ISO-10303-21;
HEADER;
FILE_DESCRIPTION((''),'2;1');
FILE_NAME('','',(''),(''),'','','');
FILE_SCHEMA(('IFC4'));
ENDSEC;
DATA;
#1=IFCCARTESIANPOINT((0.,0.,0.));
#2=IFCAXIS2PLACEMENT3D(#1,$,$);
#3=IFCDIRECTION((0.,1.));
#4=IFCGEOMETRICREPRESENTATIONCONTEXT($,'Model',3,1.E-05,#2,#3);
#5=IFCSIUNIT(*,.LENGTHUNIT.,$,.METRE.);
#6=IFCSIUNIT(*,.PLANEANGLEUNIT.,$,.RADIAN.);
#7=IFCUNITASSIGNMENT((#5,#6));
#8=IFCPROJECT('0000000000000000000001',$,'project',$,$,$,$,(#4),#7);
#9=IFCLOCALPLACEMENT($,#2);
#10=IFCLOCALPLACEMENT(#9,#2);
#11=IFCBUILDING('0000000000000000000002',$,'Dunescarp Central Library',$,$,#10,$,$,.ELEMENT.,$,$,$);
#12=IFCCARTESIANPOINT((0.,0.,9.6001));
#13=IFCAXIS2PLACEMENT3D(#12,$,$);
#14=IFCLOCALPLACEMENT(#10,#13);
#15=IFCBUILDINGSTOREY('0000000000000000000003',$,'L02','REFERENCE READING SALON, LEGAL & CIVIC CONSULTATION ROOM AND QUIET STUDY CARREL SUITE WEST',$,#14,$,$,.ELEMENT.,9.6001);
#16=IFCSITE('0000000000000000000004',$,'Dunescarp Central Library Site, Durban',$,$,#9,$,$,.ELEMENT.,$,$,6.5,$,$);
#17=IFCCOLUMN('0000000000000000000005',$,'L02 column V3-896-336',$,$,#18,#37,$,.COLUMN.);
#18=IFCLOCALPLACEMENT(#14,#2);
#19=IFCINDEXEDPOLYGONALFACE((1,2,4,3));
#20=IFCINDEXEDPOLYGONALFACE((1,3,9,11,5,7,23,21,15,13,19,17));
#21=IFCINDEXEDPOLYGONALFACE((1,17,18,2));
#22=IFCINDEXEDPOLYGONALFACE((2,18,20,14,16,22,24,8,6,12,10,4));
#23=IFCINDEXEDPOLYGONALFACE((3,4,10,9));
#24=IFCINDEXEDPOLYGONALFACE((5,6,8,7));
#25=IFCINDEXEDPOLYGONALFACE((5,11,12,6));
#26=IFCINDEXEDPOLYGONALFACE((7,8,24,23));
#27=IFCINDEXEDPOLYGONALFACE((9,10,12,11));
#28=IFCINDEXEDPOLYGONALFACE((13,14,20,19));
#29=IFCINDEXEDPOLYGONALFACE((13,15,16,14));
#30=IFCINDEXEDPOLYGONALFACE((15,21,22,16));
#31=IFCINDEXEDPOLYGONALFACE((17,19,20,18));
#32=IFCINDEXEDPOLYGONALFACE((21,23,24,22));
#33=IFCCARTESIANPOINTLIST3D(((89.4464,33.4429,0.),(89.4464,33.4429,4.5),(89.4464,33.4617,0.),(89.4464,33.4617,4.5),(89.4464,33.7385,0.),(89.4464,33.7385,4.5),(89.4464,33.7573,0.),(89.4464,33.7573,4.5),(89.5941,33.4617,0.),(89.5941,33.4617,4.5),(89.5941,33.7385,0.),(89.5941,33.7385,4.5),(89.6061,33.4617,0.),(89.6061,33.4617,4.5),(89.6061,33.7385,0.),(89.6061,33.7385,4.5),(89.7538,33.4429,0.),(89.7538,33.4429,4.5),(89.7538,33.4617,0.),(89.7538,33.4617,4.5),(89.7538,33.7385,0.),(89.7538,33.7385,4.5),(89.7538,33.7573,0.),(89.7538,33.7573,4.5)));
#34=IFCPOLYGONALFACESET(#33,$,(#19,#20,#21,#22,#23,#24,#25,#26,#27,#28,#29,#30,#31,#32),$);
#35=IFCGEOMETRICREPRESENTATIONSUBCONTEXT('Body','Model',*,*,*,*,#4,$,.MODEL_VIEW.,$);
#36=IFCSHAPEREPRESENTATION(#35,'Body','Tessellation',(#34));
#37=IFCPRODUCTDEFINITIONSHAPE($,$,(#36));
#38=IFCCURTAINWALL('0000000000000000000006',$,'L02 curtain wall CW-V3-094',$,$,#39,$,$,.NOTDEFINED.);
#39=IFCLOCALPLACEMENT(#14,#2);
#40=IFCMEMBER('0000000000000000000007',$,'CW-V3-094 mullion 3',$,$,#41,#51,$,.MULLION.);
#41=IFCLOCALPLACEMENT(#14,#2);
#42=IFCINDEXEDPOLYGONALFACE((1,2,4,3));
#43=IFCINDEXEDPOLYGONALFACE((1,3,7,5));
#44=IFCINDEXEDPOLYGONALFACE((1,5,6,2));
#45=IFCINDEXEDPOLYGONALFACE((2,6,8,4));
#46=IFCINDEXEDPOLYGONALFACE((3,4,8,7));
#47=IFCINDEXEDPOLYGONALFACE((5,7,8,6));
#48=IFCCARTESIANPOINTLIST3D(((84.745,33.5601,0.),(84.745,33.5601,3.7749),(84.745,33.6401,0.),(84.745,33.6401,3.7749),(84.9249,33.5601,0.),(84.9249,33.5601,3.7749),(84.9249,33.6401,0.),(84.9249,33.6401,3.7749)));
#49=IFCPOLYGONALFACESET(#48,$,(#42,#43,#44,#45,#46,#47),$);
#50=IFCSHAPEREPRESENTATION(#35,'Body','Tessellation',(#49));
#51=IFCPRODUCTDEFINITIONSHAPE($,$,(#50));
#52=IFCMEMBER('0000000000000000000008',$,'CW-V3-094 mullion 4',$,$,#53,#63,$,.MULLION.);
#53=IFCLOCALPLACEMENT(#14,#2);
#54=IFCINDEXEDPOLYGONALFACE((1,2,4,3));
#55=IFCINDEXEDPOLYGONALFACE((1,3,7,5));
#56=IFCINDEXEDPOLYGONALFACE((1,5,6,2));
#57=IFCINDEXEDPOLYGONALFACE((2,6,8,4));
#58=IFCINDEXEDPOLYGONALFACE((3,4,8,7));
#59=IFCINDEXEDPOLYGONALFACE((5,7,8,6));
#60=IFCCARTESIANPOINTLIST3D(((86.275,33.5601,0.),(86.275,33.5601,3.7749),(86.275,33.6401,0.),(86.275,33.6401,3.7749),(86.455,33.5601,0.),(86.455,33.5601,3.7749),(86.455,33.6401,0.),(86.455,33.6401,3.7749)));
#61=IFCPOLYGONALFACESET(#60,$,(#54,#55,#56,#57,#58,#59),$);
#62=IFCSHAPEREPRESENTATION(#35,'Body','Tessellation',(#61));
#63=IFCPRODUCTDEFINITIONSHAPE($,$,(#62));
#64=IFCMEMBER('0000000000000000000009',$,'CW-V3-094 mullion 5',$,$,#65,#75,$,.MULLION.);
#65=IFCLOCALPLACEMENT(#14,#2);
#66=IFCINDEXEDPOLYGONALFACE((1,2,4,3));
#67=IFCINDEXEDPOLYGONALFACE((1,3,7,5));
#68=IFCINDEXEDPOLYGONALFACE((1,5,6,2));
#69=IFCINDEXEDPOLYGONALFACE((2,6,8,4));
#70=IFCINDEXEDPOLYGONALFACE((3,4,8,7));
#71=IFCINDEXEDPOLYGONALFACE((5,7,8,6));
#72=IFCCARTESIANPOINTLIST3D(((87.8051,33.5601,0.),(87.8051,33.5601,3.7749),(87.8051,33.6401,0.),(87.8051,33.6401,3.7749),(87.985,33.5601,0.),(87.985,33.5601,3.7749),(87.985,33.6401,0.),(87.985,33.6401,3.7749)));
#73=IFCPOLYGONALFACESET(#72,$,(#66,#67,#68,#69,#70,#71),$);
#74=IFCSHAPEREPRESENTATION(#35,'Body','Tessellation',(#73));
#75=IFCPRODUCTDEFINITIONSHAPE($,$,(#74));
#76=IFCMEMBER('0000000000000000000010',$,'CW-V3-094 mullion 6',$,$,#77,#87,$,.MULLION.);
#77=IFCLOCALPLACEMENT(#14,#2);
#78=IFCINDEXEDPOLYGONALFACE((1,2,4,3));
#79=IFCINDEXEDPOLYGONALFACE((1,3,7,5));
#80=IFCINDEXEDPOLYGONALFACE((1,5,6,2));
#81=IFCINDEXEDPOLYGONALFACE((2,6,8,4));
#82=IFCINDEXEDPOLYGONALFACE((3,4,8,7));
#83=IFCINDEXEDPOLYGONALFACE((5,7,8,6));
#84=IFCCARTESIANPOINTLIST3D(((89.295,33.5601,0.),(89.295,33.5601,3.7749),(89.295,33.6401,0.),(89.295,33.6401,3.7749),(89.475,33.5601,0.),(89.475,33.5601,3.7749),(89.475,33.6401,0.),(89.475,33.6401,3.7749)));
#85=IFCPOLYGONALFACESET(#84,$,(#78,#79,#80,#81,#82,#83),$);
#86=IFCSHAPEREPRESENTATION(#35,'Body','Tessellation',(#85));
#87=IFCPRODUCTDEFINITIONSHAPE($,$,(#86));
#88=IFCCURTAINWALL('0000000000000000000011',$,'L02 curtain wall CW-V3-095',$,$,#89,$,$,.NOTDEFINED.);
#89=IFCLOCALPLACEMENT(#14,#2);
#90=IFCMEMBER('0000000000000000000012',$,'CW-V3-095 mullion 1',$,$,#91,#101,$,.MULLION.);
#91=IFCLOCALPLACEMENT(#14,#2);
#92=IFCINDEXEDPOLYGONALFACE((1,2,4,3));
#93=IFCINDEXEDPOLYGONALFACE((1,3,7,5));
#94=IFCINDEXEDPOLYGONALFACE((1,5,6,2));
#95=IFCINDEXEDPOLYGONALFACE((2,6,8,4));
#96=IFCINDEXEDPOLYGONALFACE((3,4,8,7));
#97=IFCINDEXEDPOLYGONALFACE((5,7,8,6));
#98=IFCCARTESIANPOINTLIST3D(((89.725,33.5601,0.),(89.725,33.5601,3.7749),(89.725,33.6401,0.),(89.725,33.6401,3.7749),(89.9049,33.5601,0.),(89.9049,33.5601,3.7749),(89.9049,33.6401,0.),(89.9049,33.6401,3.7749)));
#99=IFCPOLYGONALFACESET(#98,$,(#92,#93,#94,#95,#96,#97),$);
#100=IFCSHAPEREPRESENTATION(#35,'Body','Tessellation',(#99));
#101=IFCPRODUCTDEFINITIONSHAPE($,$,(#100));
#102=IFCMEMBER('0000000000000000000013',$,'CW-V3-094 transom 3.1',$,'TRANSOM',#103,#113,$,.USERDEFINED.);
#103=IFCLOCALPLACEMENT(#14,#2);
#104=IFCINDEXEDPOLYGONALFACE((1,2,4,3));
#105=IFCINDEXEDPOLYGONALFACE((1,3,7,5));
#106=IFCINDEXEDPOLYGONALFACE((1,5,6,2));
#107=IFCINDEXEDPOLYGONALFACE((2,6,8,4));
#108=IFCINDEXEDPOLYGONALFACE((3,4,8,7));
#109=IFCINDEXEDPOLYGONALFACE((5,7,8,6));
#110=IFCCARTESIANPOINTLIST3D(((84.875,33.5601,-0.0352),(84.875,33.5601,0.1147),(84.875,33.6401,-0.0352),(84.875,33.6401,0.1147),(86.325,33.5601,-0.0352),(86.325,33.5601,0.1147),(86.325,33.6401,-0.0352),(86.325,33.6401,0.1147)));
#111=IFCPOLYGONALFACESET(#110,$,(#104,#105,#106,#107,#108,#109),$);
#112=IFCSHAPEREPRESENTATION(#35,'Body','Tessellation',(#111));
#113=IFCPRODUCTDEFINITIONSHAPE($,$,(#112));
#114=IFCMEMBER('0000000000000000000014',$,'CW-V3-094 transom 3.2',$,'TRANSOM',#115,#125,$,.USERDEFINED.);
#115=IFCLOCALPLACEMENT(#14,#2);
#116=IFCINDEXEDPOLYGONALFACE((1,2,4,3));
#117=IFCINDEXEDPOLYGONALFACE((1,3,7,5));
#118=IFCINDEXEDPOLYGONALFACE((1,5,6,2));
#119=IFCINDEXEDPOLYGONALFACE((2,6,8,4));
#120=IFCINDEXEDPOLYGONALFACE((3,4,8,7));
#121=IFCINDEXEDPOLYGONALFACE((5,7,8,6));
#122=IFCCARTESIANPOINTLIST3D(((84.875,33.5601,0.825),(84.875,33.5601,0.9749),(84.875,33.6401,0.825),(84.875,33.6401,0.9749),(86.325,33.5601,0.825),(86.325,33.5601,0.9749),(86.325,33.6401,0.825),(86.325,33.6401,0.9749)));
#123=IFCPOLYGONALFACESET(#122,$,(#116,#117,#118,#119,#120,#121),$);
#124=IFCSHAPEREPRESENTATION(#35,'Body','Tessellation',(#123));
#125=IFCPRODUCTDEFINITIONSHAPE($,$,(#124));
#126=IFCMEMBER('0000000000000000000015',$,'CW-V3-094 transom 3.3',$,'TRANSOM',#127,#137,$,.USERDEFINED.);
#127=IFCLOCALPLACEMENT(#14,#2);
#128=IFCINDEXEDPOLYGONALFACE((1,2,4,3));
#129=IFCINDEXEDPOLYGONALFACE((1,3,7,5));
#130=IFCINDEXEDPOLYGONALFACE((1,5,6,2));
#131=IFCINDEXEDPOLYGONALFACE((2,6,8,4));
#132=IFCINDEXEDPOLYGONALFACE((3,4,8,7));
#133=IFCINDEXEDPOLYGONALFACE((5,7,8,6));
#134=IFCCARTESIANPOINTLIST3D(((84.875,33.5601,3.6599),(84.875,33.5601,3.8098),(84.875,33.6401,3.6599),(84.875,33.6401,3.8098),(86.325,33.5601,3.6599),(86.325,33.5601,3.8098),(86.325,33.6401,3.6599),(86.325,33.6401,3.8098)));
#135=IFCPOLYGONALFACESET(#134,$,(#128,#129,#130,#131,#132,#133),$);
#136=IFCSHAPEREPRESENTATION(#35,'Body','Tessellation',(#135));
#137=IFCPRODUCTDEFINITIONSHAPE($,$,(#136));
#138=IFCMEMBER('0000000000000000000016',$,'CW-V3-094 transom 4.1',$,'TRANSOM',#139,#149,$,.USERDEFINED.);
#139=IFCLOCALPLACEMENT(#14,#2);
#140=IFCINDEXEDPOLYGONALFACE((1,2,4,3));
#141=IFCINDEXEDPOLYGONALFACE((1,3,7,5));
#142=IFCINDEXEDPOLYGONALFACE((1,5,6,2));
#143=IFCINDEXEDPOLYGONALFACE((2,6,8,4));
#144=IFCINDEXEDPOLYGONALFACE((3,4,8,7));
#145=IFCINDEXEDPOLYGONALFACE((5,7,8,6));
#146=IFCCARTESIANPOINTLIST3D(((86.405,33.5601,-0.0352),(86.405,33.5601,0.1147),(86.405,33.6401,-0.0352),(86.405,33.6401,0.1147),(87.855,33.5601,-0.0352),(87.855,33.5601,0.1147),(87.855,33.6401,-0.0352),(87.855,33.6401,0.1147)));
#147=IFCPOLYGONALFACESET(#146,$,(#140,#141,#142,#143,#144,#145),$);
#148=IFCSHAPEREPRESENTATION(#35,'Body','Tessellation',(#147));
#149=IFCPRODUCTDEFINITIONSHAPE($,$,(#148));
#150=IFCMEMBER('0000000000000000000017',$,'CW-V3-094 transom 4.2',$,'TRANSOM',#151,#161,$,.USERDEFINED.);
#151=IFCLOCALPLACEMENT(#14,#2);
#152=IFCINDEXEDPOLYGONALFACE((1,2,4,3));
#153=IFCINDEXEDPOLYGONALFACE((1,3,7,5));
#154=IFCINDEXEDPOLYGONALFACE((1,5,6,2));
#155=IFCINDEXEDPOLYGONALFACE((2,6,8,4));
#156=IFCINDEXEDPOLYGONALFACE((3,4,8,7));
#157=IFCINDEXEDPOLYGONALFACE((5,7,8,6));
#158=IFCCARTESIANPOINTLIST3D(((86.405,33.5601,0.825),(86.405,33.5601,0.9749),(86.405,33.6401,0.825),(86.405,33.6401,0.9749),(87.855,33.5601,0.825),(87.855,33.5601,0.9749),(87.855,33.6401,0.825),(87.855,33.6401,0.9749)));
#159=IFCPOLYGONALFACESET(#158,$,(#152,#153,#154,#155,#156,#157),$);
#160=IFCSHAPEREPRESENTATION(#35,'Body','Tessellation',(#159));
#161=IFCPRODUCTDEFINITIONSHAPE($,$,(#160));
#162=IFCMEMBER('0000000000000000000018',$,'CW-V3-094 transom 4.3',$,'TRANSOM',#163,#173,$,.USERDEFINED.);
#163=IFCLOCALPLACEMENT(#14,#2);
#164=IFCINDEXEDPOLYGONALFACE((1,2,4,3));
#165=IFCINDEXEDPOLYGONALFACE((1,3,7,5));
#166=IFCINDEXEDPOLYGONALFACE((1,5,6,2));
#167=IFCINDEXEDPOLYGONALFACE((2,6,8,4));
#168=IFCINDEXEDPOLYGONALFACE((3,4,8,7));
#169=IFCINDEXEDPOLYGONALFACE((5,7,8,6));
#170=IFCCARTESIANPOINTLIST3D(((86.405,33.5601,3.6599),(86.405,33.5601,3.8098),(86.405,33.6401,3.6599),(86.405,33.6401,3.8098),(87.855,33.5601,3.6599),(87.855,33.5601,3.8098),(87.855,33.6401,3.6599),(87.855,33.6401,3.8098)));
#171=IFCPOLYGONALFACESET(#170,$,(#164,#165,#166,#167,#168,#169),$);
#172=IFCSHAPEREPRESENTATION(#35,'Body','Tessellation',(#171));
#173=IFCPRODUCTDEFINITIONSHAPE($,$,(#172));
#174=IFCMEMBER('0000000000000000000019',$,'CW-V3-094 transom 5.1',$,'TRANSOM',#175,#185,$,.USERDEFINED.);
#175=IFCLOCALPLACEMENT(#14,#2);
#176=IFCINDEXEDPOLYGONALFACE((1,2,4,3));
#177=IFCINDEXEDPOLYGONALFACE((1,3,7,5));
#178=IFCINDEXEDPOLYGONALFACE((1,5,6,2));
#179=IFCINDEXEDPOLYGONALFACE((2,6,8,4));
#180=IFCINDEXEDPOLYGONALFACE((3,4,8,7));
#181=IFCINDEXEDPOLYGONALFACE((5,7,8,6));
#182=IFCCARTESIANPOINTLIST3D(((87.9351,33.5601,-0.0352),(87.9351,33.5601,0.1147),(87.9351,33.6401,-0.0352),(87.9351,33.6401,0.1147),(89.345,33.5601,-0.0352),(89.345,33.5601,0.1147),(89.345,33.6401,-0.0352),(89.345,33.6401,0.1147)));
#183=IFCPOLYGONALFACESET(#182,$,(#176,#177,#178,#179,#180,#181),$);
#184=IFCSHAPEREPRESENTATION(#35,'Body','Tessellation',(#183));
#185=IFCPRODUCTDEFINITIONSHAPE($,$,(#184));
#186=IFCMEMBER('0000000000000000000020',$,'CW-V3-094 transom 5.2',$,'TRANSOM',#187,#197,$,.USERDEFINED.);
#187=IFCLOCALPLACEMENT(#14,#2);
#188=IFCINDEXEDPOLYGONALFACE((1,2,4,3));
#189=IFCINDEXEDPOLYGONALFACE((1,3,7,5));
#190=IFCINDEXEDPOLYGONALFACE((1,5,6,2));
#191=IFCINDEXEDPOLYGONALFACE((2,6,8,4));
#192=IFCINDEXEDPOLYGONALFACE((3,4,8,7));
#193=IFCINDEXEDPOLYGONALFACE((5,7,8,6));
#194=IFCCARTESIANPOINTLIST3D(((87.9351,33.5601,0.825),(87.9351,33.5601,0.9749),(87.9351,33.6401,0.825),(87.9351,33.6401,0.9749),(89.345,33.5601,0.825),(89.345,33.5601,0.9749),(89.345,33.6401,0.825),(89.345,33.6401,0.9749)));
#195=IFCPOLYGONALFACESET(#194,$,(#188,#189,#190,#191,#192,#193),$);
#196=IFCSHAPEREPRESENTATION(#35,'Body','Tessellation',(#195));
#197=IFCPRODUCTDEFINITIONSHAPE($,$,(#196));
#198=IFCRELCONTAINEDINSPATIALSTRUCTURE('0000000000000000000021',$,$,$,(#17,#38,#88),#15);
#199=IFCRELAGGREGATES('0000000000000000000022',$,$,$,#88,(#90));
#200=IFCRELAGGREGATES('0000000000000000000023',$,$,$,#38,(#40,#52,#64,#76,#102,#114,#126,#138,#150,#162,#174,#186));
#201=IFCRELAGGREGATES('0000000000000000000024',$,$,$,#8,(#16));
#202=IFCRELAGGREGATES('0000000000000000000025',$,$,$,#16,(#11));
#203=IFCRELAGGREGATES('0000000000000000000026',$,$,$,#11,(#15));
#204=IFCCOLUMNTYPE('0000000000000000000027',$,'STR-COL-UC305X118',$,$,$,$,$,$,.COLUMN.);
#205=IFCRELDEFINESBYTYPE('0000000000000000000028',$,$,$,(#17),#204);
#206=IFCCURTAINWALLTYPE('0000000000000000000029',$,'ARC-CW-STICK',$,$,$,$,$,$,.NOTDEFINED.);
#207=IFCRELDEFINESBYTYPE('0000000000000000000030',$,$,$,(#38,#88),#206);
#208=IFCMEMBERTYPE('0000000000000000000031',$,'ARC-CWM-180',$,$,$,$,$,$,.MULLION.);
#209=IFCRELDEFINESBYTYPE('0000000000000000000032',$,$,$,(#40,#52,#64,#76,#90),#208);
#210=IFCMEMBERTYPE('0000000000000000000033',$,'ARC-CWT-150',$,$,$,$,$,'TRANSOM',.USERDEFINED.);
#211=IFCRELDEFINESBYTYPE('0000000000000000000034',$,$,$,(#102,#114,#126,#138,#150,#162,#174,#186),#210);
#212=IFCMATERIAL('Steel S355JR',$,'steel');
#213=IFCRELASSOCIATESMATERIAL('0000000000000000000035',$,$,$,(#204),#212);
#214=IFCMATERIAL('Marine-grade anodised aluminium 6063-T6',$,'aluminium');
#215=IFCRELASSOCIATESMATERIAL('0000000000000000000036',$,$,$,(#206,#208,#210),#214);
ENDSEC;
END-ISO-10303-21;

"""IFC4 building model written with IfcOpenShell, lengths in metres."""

from ifc_helpers import new_model, si_unit, direction, frame, origin, origin_2d, place, context, subcontext, project, spatial, rectangle, i_section, extrude, material, material_profile, profile_set, type_object, element, aggregate, save


model = new_model("IFC4")

# Units and contexts
model_context = context("Model", 3, precision=1e-05, world=origin(), true_north=direction((0.0, 1.0)))
body_context = subcontext(model_context, "Body", "Model", "MODEL_VIEW")
ifc_project = project(units=[si_unit("LENGTHUNIT", "METRE"), si_unit("PLANEANGLEUNIT", "RADIAN")], contexts=[model_context])

# Site, building, storey
site_placement = place(None, origin())
site = spatial("IfcSite", under=ifc_project, at=site_placement, Name="Dunescarp Central Library Site, Durban", CompositionType="ELEMENT", RefElevation=6.5)
building_placement = place(site_placement, origin())
building = spatial("IfcBuilding", under=site, at=building_placement, Name="Dunescarp Central Library", CompositionType="ELEMENT")
storey_placement = place(building_placement, frame((0.0, 0.0, 9.6001)))
storey = spatial("IfcBuildingStorey", under=building, at=storey_placement, Name="L02", Description="REFERENCE READING SALON, LEGAL & CIVIC CONSULTATION ROOM AND QUIET STUDY CARREL SUITE WEST", CompositionType="ELEMENT", Elevation=9.6001)

# Column
ifc_material_1 = material(Name="Steel S355JR", Category="steel")
ifc_material_profile_1 = material_profile(ifc_material_1, i_section(OverallWidth=0.3074, OverallDepth=0.3145, WebThickness=0.012, FlangeThickness=0.0188, at=origin_2d()), Name="UC 305x305x118")
ifc_profile_set_1 = profile_set([ifc_material_profile_1], Name="Steel S355JR")
column_type = type_object("IfcColumnType", Name="STR-COL-UC305X118", PredefinedType="COLUMN", material=ifc_profile_set_1)
column_placement = place(storey_placement, frame((89.6001, 33.6001, 0.0), z_axis=(0.0, 0.0, 1.0), x_axis=(1.0, 0.0, 0.0)))
element("IfcColumn", 1, at=column_placement, inside=storey, type_object=column_type, Name="L02 column V3-896-336", PredefinedType="COLUMN", context=body_context, shape_type="SweptSolid", body=[
    extrude(i_section(OverallWidth=0.3074, OverallDepth=0.3145, WebThickness=0.012, FlangeThickness=0.0188, at=origin_2d()), origin(), (0.0, 0.0, 1.0), 4.5),
])

# Curtain wall, members
ifc_material_2 = material(Name="Marine-grade anodised aluminium 6063-T6", Category="aluminium")
curtain_wall_type = type_object("IfcCurtainWallType", Name="ARC-CW-STICK", PredefinedType="NOTDEFINED", material=ifc_material_2)
curtain_wall_1_placement = place(storey_placement, origin())
curtain_wall_1 = element("IfcCurtainWall", 2, at=curtain_wall_1_placement, inside=storey, type_object=curtain_wall_type, Name="L02 curtain wall CW-V3-094", PredefinedType="NOTDEFINED")
ifc_material_profile_2 = material_profile(ifc_material_2, rectangle(XDim=0.0801, YDim=0.1799, at=origin_2d()), Name="AL 80x180")
ifc_profile_set_2 = profile_set([ifc_material_profile_2], Name="Marine-grade anodised aluminium 6063-T6")
member_type_1 = type_object("IfcMemberType", Name="ARC-CWM-180", PredefinedType="MULLION", material=ifc_profile_set_2)
member_1_placement = place(storey_placement, frame((84.835, 33.6001, 0.0), z_axis=(0.0, 0.0, 1.0), x_axis=(0.0, 1.0, 0.0)))
member_1 = element("IfcMember", 3, at=member_1_placement, type_object=member_type_1, Name="CW-V3-094 mullion 3", PredefinedType="MULLION", context=body_context, shape_type="SweptSolid", body=[
    extrude(rectangle(XDim=0.0801, YDim=0.1799, at=origin_2d()), origin(), (0.0, 0.0, 1.0), 3.7749),
])
member_2_placement = place(storey_placement, frame((86.365, 33.6001, 0.0), z_axis=(0.0, 0.0, 1.0), x_axis=(0.0, 1.0, 0.0)))
member_2 = element("IfcMember", 4, at=member_2_placement, type_object=member_type_1, Name="CW-V3-094 mullion 4", PredefinedType="MULLION", context=body_context, shape_type="SweptSolid", body=[
    extrude(rectangle(XDim=0.0801, YDim=0.1799, at=origin_2d()), origin(), (0.0, 0.0, 1.0), 3.7749),
])
member_3_placement = place(storey_placement, frame((87.895, 33.6001, 0.0), z_axis=(0.0, 0.0, 1.0), x_axis=(0.0, 1.0, 0.0)))
member_3 = element("IfcMember", 5, at=member_3_placement, type_object=member_type_1, Name="CW-V3-094 mullion 5", PredefinedType="MULLION", context=body_context, shape_type="SweptSolid", body=[
    extrude(rectangle(XDim=0.0801, YDim=0.1799, at=origin_2d()), origin(), (0.0, 0.0, 1.0), 3.7749),
])
member_4_placement = place(storey_placement, frame((89.385, 33.6001, 0.0), z_axis=(0.0, 0.0, 1.0), x_axis=(0.0, 1.0, 0.0)))
member_4 = element("IfcMember", 6, at=member_4_placement, type_object=member_type_1, Name="CW-V3-094 mullion 6", PredefinedType="MULLION", context=body_context, shape_type="SweptSolid", body=[
    extrude(rectangle(XDim=0.0801, YDim=0.1799, at=origin_2d()), origin(), (0.0, 0.0, 1.0), 3.7749),
])

# Curtain wall, member
curtain_wall_2_placement = place(storey_placement, origin())
curtain_wall_2 = element("IfcCurtainWall", 7, at=curtain_wall_2_placement, inside=storey, type_object=curtain_wall_type, Name="L02 curtain wall CW-V3-095", PredefinedType="NOTDEFINED")
member_5_placement = place(storey_placement, frame((89.8149, 33.6001, 0.0), z_axis=(0.0, 0.0, 1.0), x_axis=(0.0, 1.0, 0.0)))
member_5 = element("IfcMember", 8, at=member_5_placement, type_object=member_type_1, Name="CW-V3-095 mullion 1", PredefinedType="MULLION", context=body_context, shape_type="SweptSolid", body=[
    extrude(rectangle(XDim=0.0801, YDim=0.1799, at=origin_2d()), origin(), (0.0, 0.0, 1.0), 3.7749),
])

# Members
ifc_material_profile_3 = material_profile(ifc_material_2, rectangle(XDim=0.0801, YDim=0.1499, at=origin_2d()), Name="AL 80x150")
ifc_profile_set_3 = profile_set([ifc_material_profile_3], Name="Marine-grade anodised aluminium 6063-T6")
member_type_2 = type_object("IfcMemberType", Name="ARC-CWT-150", ElementType="TRANSOM", PredefinedType="USERDEFINED", material=ifc_profile_set_3)
member_6_placement = place(storey_placement, frame((84.875, 33.6001, 0.0398), z_axis=(1.0, 0.0, 0.0), x_axis=(0.0, 1.0, 0.0)))
member_6 = element("IfcMember", 9, at=member_6_placement, type_object=member_type_2, Name="CW-V3-094 transom 3.1", ObjectType="TRANSOM", PredefinedType="USERDEFINED", context=body_context, shape_type="SweptSolid", body=[
    extrude(rectangle(XDim=0.0801, YDim=0.1499, at=origin_2d()), origin(), (0.0, 0.0, 1.0), 1.45),
])
member_7_placement = place(storey_placement, frame((84.875, 33.6001, 0.8999), z_axis=(1.0, 0.0, 0.0), x_axis=(0.0, 1.0, 0.0)))
member_7 = element("IfcMember", 10, at=member_7_placement, type_object=member_type_2, Name="CW-V3-094 transom 3.2", ObjectType="TRANSOM", PredefinedType="USERDEFINED", context=body_context, shape_type="SweptSolid", body=[
    extrude(rectangle(XDim=0.0801, YDim=0.1499, at=origin_2d()), origin(), (0.0, 0.0, 1.0), 1.45),
])
member_8_placement = place(storey_placement, frame((84.875, 33.6001, 3.7349), z_axis=(1.0, 0.0, 0.0), x_axis=(0.0, 1.0, 0.0)))
member_8 = element("IfcMember", 11, at=member_8_placement, type_object=member_type_2, Name="CW-V3-094 transom 3.3", ObjectType="TRANSOM", PredefinedType="USERDEFINED", context=body_context, shape_type="SweptSolid", body=[
    extrude(rectangle(XDim=0.0801, YDim=0.1499, at=origin_2d()), origin(), (0.0, 0.0, 1.0), 1.45),
])
member_9_placement = place(storey_placement, frame((86.405, 33.6001, 0.0398), z_axis=(1.0, 0.0, 0.0), x_axis=(0.0, 1.0, 0.0)))
member_9 = element("IfcMember", 12, at=member_9_placement, type_object=member_type_2, Name="CW-V3-094 transom 4.1", ObjectType="TRANSOM", PredefinedType="USERDEFINED", context=body_context, shape_type="SweptSolid", body=[
    extrude(rectangle(XDim=0.0801, YDim=0.1499, at=origin_2d()), origin(), (0.0, 0.0, 1.0), 1.45),
])
member_10_placement = place(storey_placement, frame((86.405, 33.6001, 0.8999), z_axis=(1.0, 0.0, 0.0), x_axis=(0.0, 1.0, 0.0)))
member_10 = element("IfcMember", 13, at=member_10_placement, type_object=member_type_2, Name="CW-V3-094 transom 4.2", ObjectType="TRANSOM", PredefinedType="USERDEFINED", context=body_context, shape_type="SweptSolid", body=[
    extrude(rectangle(XDim=0.0801, YDim=0.1499, at=origin_2d()), origin(), (0.0, 0.0, 1.0), 1.45),
])
member_11_placement = place(storey_placement, frame((86.405, 33.6001, 3.7349), z_axis=(1.0, 0.0, 0.0), x_axis=(0.0, 1.0, 0.0)))
member_11 = element("IfcMember", 14, at=member_11_placement, type_object=member_type_2, Name="CW-V3-094 transom 4.3", ObjectType="TRANSOM", PredefinedType="USERDEFINED", context=body_context, shape_type="SweptSolid", body=[
    extrude(rectangle(XDim=0.0801, YDim=0.1499, at=origin_2d()), origin(), (0.0, 0.0, 1.0), 1.45),
])
member_12_placement = place(storey_placement, frame((87.9351, 33.6001, 0.0398), z_axis=(1.0, 0.0, 0.0), x_axis=(0.0, 1.0, 0.0)))
member_12 = element("IfcMember", 15, at=member_12_placement, type_object=member_type_2, Name="CW-V3-094 transom 5.1", ObjectType="TRANSOM", PredefinedType="USERDEFINED", context=body_context, shape_type="SweptSolid", body=[
    extrude(rectangle(XDim=0.0801, YDim=0.1499, at=origin_2d()), origin(), (0.0, 0.0, 1.0), 1.4099),
])
member_13_placement = place(storey_placement, frame((87.9351, 33.6001, 0.8999), z_axis=(1.0, 0.0, 0.0), x_axis=(0.0, 1.0, 0.0)))
member_13 = element("IfcMember", 16, at=member_13_placement, type_object=member_type_2, Name="CW-V3-094 transom 5.2", ObjectType="TRANSOM", PredefinedType="USERDEFINED", context=body_context, shape_type="SweptSolid", body=[
    extrude(rectangle(XDim=0.0801, YDim=0.1499, at=origin_2d()), origin(), (0.0, 0.0, 1.0), 1.4099),
])
aggregate(curtain_wall_2, [member_5])

aggregate(curtain_wall_1, [member_1, member_2, member_3, member_4, member_6, member_7, member_8, member_9, member_10, member_11, member_12, member_13])

save(model, "model.ifc")
